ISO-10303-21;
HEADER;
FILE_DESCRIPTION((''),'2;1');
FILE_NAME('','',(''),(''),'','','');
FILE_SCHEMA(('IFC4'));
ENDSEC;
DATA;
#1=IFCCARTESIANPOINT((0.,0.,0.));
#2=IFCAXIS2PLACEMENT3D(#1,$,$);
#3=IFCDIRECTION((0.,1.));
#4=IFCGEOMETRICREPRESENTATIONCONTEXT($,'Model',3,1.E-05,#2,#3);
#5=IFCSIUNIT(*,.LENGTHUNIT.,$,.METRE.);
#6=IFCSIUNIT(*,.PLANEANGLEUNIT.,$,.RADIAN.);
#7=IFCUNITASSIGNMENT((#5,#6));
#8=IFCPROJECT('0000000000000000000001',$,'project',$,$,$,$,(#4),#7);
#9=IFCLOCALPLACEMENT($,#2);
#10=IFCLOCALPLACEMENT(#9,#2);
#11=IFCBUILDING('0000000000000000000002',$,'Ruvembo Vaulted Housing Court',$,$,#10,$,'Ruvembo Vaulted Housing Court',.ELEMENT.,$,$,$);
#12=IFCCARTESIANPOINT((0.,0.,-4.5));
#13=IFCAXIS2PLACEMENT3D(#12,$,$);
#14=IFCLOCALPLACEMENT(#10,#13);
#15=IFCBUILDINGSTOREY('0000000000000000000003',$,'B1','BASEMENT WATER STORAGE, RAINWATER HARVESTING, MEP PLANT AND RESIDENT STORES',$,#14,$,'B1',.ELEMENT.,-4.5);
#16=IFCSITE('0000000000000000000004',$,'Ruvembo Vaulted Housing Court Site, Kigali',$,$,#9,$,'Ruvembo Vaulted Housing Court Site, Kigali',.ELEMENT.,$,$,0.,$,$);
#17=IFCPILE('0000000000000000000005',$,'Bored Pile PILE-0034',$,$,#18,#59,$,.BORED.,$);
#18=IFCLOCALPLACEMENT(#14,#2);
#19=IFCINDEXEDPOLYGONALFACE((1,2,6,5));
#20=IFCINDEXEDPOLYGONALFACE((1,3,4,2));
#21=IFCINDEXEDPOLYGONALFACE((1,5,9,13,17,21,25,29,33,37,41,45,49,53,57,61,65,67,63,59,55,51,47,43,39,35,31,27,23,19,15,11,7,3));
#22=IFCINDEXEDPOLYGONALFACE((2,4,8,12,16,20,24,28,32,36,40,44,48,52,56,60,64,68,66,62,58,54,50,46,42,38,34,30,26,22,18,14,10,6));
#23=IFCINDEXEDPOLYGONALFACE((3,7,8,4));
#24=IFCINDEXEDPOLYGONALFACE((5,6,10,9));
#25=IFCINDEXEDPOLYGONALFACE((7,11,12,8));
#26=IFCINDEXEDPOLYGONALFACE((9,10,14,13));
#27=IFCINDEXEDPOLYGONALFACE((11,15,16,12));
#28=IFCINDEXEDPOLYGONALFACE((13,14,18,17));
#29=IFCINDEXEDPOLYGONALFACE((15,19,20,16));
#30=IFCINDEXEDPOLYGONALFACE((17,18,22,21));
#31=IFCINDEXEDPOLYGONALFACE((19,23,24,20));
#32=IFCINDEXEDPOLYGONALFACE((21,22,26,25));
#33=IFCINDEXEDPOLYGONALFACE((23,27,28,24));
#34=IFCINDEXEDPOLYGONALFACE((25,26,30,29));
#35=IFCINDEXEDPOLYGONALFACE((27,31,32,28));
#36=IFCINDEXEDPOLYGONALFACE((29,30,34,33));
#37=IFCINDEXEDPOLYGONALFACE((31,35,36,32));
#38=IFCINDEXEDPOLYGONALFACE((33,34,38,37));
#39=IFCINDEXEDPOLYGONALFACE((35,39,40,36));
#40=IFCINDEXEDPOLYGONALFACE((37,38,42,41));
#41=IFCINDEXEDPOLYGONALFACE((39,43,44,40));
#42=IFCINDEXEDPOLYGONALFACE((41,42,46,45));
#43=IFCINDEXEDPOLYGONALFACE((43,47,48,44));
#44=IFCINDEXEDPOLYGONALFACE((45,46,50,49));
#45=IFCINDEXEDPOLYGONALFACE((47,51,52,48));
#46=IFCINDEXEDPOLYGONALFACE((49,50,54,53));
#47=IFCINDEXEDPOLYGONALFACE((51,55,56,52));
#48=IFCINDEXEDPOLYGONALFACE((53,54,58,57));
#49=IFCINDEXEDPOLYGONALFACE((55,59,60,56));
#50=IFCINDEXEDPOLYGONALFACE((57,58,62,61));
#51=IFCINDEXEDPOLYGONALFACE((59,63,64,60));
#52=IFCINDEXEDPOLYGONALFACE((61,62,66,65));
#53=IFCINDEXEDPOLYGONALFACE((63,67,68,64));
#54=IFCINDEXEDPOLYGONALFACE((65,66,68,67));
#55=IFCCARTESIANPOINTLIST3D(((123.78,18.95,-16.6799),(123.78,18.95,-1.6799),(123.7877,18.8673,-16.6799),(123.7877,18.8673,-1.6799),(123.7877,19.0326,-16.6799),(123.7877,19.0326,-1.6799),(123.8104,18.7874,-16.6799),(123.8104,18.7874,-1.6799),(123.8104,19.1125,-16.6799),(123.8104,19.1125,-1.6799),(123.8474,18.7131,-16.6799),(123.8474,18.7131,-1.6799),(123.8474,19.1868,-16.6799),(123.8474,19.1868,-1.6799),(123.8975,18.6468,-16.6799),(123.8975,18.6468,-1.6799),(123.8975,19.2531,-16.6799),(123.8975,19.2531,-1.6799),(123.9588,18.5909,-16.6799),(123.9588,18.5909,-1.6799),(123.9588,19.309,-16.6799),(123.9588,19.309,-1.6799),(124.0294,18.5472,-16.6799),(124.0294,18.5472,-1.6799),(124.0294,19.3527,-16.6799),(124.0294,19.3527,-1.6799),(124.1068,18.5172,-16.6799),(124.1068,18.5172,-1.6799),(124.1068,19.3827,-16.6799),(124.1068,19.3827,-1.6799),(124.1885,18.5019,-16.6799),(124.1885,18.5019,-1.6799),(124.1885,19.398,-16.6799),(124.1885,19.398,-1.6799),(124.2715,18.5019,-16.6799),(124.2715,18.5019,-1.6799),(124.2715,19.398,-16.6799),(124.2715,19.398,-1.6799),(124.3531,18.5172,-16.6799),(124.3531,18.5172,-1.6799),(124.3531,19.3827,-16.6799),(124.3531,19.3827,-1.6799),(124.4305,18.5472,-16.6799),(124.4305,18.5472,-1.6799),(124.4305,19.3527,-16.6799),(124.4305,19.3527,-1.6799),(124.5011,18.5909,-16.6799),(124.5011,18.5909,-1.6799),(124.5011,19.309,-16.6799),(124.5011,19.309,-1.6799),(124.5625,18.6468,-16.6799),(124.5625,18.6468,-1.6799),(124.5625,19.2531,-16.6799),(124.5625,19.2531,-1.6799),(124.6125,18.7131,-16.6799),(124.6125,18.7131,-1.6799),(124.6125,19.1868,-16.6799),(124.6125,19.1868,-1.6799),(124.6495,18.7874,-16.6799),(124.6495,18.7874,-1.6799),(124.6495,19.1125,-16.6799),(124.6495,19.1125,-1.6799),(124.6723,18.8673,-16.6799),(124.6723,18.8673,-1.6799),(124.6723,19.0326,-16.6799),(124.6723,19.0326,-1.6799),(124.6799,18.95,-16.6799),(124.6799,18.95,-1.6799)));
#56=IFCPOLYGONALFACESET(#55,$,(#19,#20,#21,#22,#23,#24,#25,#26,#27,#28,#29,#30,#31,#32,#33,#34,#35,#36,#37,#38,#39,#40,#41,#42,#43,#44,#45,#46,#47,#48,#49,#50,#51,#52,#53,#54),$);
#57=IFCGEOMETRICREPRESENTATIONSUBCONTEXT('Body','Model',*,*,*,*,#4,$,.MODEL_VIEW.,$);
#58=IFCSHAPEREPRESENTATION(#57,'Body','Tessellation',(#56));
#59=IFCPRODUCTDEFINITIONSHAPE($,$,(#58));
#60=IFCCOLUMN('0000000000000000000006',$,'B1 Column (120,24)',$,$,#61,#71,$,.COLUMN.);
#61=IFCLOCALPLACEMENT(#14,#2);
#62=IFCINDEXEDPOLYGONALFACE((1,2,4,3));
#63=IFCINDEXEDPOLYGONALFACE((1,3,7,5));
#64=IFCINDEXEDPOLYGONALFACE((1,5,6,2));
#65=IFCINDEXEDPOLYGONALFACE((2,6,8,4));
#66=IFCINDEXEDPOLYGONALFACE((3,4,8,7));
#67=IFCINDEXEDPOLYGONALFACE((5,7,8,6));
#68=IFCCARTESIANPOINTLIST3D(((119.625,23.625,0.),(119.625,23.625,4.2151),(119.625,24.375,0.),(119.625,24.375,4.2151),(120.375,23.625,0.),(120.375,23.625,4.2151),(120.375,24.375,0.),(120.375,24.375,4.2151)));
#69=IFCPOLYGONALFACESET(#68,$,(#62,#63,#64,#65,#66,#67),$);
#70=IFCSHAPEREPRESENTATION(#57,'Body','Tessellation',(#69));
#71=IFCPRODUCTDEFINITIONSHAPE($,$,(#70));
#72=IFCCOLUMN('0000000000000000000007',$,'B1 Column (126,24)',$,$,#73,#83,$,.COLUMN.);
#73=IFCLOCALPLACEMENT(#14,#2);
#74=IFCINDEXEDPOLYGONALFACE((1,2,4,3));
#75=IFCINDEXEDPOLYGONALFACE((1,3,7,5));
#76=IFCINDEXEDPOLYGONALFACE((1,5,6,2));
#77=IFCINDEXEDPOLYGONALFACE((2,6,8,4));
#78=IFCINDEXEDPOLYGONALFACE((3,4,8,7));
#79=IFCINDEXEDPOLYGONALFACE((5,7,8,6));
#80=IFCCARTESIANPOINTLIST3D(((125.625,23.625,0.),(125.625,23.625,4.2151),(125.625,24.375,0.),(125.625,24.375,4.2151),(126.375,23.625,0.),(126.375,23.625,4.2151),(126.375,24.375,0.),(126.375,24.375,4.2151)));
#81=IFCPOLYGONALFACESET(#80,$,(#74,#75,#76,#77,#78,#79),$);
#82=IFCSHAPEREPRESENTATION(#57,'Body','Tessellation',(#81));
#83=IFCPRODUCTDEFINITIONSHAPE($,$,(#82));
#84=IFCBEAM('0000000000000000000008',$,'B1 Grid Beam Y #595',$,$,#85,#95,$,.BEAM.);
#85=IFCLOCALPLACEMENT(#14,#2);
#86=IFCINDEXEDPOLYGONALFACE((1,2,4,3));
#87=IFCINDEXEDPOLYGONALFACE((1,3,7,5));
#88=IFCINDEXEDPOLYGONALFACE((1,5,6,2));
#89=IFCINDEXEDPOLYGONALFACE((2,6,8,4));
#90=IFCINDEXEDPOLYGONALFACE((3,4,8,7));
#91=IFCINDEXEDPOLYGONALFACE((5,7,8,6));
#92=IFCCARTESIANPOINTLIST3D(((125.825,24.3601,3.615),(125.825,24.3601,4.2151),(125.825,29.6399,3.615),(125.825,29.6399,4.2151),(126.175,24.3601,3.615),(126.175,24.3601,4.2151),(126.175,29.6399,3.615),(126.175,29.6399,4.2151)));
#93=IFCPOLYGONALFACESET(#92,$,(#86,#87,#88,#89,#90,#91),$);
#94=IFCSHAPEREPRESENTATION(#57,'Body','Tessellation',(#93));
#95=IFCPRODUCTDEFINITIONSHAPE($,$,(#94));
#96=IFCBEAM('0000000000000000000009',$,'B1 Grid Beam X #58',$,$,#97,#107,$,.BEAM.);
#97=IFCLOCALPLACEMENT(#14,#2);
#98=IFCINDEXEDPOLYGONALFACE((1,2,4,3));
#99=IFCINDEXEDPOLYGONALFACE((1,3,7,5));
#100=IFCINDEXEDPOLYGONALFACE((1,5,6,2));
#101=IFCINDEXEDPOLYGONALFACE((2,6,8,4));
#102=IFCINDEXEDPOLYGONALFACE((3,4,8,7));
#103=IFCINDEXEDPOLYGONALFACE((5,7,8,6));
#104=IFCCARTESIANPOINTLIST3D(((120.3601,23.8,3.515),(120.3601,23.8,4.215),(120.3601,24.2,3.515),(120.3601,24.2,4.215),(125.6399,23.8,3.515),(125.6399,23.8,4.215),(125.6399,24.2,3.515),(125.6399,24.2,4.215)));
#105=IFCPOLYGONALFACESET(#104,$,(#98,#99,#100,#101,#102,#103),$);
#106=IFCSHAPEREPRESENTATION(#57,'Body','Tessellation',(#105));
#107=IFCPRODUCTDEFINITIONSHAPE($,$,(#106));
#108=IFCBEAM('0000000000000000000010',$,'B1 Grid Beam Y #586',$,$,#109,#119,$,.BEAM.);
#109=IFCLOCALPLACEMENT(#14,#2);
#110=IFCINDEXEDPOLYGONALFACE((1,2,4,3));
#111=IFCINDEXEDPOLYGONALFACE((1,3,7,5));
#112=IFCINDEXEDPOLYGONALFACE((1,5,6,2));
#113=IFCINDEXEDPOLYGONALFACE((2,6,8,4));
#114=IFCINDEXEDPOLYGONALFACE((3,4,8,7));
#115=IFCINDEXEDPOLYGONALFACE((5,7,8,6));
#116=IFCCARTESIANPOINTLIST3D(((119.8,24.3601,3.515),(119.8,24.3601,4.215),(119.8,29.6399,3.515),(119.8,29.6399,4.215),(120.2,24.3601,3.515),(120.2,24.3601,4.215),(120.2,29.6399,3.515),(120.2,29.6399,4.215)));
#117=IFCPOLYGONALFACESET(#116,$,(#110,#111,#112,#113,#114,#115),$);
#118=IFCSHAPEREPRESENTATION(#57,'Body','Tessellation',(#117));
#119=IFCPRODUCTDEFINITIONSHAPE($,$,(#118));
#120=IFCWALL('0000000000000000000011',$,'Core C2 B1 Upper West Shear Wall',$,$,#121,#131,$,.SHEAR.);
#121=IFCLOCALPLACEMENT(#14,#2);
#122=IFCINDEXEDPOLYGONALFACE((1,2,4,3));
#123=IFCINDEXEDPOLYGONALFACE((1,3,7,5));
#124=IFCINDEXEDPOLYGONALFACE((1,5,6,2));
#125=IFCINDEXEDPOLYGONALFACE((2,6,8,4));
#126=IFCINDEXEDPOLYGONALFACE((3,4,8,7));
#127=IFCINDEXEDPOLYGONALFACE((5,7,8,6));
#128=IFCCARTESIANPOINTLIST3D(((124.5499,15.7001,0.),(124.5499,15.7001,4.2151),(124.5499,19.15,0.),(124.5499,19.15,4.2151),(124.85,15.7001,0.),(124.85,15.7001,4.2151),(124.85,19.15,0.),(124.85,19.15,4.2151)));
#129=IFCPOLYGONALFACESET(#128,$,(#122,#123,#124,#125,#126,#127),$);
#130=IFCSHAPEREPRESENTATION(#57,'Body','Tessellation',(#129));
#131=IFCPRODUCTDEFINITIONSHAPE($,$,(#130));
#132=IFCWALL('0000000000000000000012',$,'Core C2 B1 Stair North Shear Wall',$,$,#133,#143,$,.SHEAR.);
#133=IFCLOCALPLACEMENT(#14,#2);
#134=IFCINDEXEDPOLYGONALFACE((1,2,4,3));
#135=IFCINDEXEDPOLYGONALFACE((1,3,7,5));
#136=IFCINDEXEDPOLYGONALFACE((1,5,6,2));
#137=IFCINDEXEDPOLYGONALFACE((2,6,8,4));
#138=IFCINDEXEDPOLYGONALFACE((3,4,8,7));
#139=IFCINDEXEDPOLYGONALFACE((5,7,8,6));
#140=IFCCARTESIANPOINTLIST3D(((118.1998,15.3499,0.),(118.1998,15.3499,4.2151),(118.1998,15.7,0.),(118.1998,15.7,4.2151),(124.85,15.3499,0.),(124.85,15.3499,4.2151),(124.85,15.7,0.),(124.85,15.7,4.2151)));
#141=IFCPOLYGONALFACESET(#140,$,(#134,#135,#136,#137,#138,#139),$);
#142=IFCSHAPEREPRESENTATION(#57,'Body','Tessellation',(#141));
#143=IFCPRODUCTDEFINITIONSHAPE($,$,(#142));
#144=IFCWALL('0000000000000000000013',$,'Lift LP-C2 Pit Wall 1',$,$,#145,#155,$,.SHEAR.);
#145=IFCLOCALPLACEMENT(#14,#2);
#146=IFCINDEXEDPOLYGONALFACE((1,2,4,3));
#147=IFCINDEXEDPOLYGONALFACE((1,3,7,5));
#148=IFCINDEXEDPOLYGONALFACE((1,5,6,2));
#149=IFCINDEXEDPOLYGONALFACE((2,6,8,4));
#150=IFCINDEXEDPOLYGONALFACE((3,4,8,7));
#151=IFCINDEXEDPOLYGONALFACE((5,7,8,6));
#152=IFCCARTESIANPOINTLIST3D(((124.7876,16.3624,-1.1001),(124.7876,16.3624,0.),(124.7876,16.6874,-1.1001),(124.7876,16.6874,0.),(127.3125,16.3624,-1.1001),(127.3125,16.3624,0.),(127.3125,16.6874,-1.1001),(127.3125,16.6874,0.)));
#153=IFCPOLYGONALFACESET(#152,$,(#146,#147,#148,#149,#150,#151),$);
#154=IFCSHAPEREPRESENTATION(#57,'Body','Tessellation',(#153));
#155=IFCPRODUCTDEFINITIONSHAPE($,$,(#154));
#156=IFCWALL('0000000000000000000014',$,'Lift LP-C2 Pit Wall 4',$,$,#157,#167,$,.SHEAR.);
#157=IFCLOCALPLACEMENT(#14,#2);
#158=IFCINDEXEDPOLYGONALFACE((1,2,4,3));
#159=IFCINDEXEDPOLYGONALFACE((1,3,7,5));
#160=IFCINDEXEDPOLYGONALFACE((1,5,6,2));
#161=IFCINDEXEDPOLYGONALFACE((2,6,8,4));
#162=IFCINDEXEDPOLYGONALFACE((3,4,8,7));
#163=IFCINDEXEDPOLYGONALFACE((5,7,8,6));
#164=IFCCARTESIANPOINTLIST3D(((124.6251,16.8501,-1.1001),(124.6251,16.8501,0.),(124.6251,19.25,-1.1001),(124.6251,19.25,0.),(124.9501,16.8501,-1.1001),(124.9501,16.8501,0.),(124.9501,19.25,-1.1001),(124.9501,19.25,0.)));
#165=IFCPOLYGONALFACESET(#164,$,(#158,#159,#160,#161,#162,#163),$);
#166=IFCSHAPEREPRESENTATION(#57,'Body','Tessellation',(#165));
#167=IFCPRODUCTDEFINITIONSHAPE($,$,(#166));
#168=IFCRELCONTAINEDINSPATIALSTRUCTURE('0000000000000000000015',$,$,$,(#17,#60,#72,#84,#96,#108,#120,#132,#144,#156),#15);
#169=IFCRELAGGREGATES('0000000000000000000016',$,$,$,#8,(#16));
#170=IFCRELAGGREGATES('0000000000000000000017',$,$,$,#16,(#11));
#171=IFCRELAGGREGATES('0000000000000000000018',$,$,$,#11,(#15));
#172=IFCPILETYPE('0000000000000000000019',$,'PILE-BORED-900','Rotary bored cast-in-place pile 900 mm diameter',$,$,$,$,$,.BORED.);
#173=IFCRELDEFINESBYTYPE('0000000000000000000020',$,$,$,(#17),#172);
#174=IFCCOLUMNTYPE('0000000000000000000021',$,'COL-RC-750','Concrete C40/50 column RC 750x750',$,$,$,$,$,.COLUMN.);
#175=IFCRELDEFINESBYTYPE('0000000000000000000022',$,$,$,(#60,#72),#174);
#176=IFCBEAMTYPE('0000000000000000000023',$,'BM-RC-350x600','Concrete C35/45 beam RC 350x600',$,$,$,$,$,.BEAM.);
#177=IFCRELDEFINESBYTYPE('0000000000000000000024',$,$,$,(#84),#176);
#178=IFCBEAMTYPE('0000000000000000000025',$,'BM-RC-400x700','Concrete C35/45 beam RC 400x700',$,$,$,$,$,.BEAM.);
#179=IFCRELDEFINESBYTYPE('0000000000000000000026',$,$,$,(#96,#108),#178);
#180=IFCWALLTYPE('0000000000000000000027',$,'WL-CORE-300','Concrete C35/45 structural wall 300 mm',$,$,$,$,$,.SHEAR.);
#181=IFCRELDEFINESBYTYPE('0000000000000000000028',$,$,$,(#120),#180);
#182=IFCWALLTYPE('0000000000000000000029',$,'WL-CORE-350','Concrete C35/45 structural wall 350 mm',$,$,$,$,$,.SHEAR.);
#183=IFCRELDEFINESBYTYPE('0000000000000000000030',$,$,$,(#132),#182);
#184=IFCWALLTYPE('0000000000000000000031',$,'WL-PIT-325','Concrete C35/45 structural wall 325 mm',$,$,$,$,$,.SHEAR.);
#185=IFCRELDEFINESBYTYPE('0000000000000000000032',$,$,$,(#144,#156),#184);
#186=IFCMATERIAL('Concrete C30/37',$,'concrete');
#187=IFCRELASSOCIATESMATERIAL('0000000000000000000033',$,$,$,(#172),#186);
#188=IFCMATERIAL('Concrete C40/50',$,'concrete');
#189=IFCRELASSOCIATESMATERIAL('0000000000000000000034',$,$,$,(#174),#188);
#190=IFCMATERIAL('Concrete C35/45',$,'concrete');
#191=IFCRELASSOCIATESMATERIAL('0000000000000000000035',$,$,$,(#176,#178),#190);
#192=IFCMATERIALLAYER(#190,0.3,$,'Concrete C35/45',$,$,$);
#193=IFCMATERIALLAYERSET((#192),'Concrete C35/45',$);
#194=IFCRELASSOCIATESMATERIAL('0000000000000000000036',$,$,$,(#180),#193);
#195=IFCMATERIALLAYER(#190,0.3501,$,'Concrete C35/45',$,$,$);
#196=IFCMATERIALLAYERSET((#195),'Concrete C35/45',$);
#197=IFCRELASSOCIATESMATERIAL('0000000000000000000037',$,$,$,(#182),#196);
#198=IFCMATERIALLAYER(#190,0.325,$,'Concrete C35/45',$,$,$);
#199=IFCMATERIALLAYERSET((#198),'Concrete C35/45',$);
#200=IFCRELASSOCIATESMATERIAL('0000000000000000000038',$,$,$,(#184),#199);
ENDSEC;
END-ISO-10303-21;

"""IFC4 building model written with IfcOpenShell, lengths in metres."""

from ifc_helpers import new_model, si_unit, direction, frame, frame_2d, origin, origin_2d, place, context, subcontext, project, spatial, rectangle, circle, extrude, material, layer, layer_set, material_profile, profile_set, type_object, element, save


model = new_model("IFC4")

# Units and contexts
model_context = context("Model", 3, precision=1e-05, world=origin(), true_north=direction((0.0, 1.0)))
body_context = subcontext(model_context, "Body", "Model", "MODEL_VIEW")
ifc_project = project(units=[si_unit("LENGTHUNIT", "METRE"), si_unit("PLANEANGLEUNIT", "RADIAN")], contexts=[model_context])

# Site, building, storey
site_placement = place(None, origin())
site = spatial("IfcSite", under=ifc_project, at=site_placement, Name="Ruvembo Vaulted Housing Court Site, Kigali", LongName="Ruvembo Vaulted Housing Court Site, Kigali", CompositionType="ELEMENT", RefElevation=0.0)
building_placement = place(site_placement, origin())
building = spatial("IfcBuilding", under=site, at=building_placement, Name="Ruvembo Vaulted Housing Court", LongName="Ruvembo Vaulted Housing Court", CompositionType="ELEMENT")
storey_placement = place(building_placement, frame((0.0, 0.0, -4.5)))
storey = spatial("IfcBuildingStorey", under=building, at=storey_placement, Name="B1", Description="BASEMENT WATER STORAGE, RAINWATER HARVESTING, MEP PLANT AND RESIDENT STORES", LongName="B1", CompositionType="ELEMENT", Elevation=-4.5)

# Shared definitions
ifc_material_1 = material(Name="Concrete C35/45", Category="concrete")

# Pile
ifc_material_2 = material(Name="Concrete C30/37", Category="concrete")
ifc_material_profile_1 = material_profile(ifc_material_2, circle(Radius=0.45, at=origin_2d()), Name="PILE D900")
ifc_profile_set_1 = profile_set([ifc_material_profile_1], Name="Concrete C30/37")
pile_type_1 = type_object("IfcPileType", Name="PILE-BORED-900", Description="Rotary bored cast-in-place pile 900 mm diameter", PredefinedType="BORED", material=ifc_profile_set_1)
for number, where, z_axis, x_axis, name in (
    (1, (124.23, 18.95, -1.6799), (0.0, 0.0, -1.0), (1.0, 0.0, 0.0), "Bored Pile PILE-0034"),
):
    element("IfcPile", number, at=place(storey_placement, frame(where, z_axis=z_axis, x_axis=x_axis)), inside=storey, type_object=pile_type_1, Name=name, PredefinedType="BORED", context=body_context, shape_type="SweptSolid", body=[
        extrude(circle(Radius=0.45, at=origin_2d()), origin(), (0.0, 0.0, 1.0), 15.0),
    ])

# Columns
ifc_material_3 = material(Name="Concrete C40/50", Category="concrete")
ifc_material_profile_2 = material_profile(ifc_material_3, rectangle(XDim=0.75, YDim=0.75, at=origin_2d()), Name="RC 750x750")
ifc_profile_set_2 = profile_set([ifc_material_profile_2], Name="Concrete C40/50")
column_type = type_object("IfcColumnType", Name="COL-RC-750", Description="Concrete C40/50 column RC 750x750", PredefinedType="COLUMN", material=ifc_profile_set_2)
for number, where, z_axis, x_axis, name in (
    (2, (120.0, 24.0, 0.0), (0.0, 0.0, 1.0), (1.0, 0.0, 0.0), "B1 Column (120,24)"),
    (3, (126.0, 24.0, 0.0), (0.0, 0.0, 1.0), (1.0, 0.0, 0.0), "B1 Column (126,24)"),
):
    element("IfcColumn", number, at=place(storey_placement, frame(where, z_axis=z_axis, x_axis=x_axis)), inside=storey, type_object=column_type, Name=name, PredefinedType="COLUMN", context=body_context, shape_type="SweptSolid", body=[
        extrude(rectangle(XDim=0.75, YDim=0.75, at=origin_2d()), origin(), (0.0, 0.0, 1.0), 4.2151),
    ])

# Beams
ifc_material_profile_3 = material_profile(ifc_material_1, rectangle(XDim=0.3501, YDim=0.6001, at=origin_2d()), Name="RC 350x600")
ifc_profile_set_3 = profile_set([ifc_material_profile_3], Name="Concrete C35/45")
beam_type_1 = type_object("IfcBeamType", Name="BM-RC-350x600", Description="Concrete C35/45 beam RC 350x600", PredefinedType="BEAM", material=ifc_profile_set_3)
beam_placement = place(storey_placement, frame((126.0, 24.3601, 3.915), z_axis=(0.0, 1.0, 0.0), x_axis=(-1.0, 0.0, 0.0)))
element("IfcBeam", 4, at=beam_placement, inside=storey, type_object=beam_type_1, Name="B1 Grid Beam Y #595", PredefinedType="BEAM", context=body_context, shape_type="SweptSolid", body=[
    extrude(rectangle(XDim=0.3501, YDim=0.6001, at=origin_2d()), origin(), (0.0, 0.0, 1.0), 5.2798),
])
ifc_material_profile_4 = material_profile(ifc_material_1, rectangle(XDim=0.3999, YDim=0.7, at=origin_2d()), Name="RC 400x700")
ifc_profile_set_4 = profile_set([ifc_material_profile_4], Name="Concrete C35/45")
beam_type_2 = type_object("IfcBeamType", Name="BM-RC-400x700", Description="Concrete C35/45 beam RC 400x700", PredefinedType="BEAM", material=ifc_profile_set_4)
for number, where, z_axis, x_axis, name in (
    (5, (120.3601, 24.0, 3.865), (1.0, 0.0, 0.0), (0.0, 1.0, 0.0), "B1 Grid Beam X #58"),
    (6, (120.0, 24.3601, 3.865), (0.0, 1.0, 0.0), (-1.0, 0.0, 0.0), "B1 Grid Beam Y #586"),
):
    element("IfcBeam", number, at=place(storey_placement, frame(where, z_axis=z_axis, x_axis=x_axis)), inside=storey, type_object=beam_type_2, Name=name, PredefinedType="BEAM", context=body_context, shape_type="SweptSolid", body=[
        extrude(rectangle(XDim=0.3999, YDim=0.7, at=origin_2d()), origin(), (0.0, 0.0, 1.0), 5.2798),
    ])

# Walls
ifc_layer_1 = layer(ifc_material_1, 0.3, Name="Concrete C35/45")
ifc_layer_set_1 = layer_set([ifc_layer_1], Name="Concrete C35/45")
wall_type_1 = type_object("IfcWallType", Name="WL-CORE-300", Description="Concrete C35/45 structural wall 300 mm", PredefinedType="SHEAR", material=ifc_layer_set_1)
wall_1_placement = place(storey_placement, frame((124.7, 15.7, 0.0), z_axis=(0.0, 0.0, 1.0), x_axis=(0.0, 1.0, 0.0)))
element("IfcWall", 7, at=wall_1_placement, inside=storey, type_object=wall_type_1, Name="Core C2 B1 Upper West Shear Wall", PredefinedType="SHEAR", context=body_context, shape_type="SweptSolid", body=[
    extrude(rectangle(XDim=3.45, YDim=0.3, at=frame_2d((1.7251, 0.0))), origin(), (0.0, 0.0, 1.0), 4.2151),
])
ifc_layer_2 = layer(ifc_material_1, 0.3501, Name="Concrete C35/45")
ifc_layer_set_2 = layer_set([ifc_layer_2], Name="Concrete C35/45")
wall_type_2 = type_object("IfcWallType", Name="WL-CORE-350", Description="Concrete C35/45 structural wall 350 mm", PredefinedType="SHEAR", material=ifc_layer_set_2)
wall_2_placement = place(storey_placement, frame((124.8501, 15.5249, 0.0), z_axis=(0.0, 0.0, 1.0), x_axis=(-1.0, 0.0, 0.0)))
element("IfcWall", 8, at=wall_2_placement, inside=storey, type_object=wall_type_2, Name="Core C2 B1 Stair North Shear Wall", PredefinedType="SHEAR", context=body_context, shape_type="SweptSolid", body=[
    extrude(rectangle(XDim=6.6501, YDim=0.3501, at=frame_2d((3.3252, 0.0))), origin(), (0.0, 0.0, 1.0), 4.2151),
])
ifc_layer_3 = layer(ifc_material_1, 0.325, Name="Concrete C35/45")
ifc_layer_set_3 = layer_set([ifc_layer_3], Name="Concrete C35/45")
wall_type_3 = type_object("IfcWallType", Name="WL-PIT-325", Description="Concrete C35/45 structural wall 325 mm", PredefinedType="SHEAR", material=ifc_layer_set_3)
wall_3_placement = place(storey_placement, frame((124.7876, 16.5249, -1.1001), z_axis=(0.0, 0.0, 1.0), x_axis=(1.0, 0.0, 0.0)))
element("IfcWall", 9, at=wall_3_placement, inside=storey, type_object=wall_type_3, Name="Lift LP-C2 Pit Wall 1", PredefinedType="SHEAR", context=body_context, shape_type="SweptSolid", body=[
    extrude(rectangle(XDim=2.5249, YDim=0.325, at=frame_2d((1.2625, 0.0))), origin(), (0.0, 0.0, 1.0), 1.1001),
])
wall_4_placement = place(storey_placement, frame((124.7876, 19.25, -1.1001), z_axis=(0.0, 0.0, 1.0), x_axis=(0.0, -1.0, 0.0)))
element("IfcWall", 10, at=wall_4_placement, inside=storey, type_object=wall_type_3, Name="Lift LP-C2 Pit Wall 4", PredefinedType="SHEAR", context=body_context, shape_type="SweptSolid", body=[
    extrude(rectangle(XDim=2.3999, YDim=0.325, at=frame_2d((1.2, 0.0))), origin(), (0.0, 0.0, 1.0), 1.1001),
])

save(model, "model.ifc")
